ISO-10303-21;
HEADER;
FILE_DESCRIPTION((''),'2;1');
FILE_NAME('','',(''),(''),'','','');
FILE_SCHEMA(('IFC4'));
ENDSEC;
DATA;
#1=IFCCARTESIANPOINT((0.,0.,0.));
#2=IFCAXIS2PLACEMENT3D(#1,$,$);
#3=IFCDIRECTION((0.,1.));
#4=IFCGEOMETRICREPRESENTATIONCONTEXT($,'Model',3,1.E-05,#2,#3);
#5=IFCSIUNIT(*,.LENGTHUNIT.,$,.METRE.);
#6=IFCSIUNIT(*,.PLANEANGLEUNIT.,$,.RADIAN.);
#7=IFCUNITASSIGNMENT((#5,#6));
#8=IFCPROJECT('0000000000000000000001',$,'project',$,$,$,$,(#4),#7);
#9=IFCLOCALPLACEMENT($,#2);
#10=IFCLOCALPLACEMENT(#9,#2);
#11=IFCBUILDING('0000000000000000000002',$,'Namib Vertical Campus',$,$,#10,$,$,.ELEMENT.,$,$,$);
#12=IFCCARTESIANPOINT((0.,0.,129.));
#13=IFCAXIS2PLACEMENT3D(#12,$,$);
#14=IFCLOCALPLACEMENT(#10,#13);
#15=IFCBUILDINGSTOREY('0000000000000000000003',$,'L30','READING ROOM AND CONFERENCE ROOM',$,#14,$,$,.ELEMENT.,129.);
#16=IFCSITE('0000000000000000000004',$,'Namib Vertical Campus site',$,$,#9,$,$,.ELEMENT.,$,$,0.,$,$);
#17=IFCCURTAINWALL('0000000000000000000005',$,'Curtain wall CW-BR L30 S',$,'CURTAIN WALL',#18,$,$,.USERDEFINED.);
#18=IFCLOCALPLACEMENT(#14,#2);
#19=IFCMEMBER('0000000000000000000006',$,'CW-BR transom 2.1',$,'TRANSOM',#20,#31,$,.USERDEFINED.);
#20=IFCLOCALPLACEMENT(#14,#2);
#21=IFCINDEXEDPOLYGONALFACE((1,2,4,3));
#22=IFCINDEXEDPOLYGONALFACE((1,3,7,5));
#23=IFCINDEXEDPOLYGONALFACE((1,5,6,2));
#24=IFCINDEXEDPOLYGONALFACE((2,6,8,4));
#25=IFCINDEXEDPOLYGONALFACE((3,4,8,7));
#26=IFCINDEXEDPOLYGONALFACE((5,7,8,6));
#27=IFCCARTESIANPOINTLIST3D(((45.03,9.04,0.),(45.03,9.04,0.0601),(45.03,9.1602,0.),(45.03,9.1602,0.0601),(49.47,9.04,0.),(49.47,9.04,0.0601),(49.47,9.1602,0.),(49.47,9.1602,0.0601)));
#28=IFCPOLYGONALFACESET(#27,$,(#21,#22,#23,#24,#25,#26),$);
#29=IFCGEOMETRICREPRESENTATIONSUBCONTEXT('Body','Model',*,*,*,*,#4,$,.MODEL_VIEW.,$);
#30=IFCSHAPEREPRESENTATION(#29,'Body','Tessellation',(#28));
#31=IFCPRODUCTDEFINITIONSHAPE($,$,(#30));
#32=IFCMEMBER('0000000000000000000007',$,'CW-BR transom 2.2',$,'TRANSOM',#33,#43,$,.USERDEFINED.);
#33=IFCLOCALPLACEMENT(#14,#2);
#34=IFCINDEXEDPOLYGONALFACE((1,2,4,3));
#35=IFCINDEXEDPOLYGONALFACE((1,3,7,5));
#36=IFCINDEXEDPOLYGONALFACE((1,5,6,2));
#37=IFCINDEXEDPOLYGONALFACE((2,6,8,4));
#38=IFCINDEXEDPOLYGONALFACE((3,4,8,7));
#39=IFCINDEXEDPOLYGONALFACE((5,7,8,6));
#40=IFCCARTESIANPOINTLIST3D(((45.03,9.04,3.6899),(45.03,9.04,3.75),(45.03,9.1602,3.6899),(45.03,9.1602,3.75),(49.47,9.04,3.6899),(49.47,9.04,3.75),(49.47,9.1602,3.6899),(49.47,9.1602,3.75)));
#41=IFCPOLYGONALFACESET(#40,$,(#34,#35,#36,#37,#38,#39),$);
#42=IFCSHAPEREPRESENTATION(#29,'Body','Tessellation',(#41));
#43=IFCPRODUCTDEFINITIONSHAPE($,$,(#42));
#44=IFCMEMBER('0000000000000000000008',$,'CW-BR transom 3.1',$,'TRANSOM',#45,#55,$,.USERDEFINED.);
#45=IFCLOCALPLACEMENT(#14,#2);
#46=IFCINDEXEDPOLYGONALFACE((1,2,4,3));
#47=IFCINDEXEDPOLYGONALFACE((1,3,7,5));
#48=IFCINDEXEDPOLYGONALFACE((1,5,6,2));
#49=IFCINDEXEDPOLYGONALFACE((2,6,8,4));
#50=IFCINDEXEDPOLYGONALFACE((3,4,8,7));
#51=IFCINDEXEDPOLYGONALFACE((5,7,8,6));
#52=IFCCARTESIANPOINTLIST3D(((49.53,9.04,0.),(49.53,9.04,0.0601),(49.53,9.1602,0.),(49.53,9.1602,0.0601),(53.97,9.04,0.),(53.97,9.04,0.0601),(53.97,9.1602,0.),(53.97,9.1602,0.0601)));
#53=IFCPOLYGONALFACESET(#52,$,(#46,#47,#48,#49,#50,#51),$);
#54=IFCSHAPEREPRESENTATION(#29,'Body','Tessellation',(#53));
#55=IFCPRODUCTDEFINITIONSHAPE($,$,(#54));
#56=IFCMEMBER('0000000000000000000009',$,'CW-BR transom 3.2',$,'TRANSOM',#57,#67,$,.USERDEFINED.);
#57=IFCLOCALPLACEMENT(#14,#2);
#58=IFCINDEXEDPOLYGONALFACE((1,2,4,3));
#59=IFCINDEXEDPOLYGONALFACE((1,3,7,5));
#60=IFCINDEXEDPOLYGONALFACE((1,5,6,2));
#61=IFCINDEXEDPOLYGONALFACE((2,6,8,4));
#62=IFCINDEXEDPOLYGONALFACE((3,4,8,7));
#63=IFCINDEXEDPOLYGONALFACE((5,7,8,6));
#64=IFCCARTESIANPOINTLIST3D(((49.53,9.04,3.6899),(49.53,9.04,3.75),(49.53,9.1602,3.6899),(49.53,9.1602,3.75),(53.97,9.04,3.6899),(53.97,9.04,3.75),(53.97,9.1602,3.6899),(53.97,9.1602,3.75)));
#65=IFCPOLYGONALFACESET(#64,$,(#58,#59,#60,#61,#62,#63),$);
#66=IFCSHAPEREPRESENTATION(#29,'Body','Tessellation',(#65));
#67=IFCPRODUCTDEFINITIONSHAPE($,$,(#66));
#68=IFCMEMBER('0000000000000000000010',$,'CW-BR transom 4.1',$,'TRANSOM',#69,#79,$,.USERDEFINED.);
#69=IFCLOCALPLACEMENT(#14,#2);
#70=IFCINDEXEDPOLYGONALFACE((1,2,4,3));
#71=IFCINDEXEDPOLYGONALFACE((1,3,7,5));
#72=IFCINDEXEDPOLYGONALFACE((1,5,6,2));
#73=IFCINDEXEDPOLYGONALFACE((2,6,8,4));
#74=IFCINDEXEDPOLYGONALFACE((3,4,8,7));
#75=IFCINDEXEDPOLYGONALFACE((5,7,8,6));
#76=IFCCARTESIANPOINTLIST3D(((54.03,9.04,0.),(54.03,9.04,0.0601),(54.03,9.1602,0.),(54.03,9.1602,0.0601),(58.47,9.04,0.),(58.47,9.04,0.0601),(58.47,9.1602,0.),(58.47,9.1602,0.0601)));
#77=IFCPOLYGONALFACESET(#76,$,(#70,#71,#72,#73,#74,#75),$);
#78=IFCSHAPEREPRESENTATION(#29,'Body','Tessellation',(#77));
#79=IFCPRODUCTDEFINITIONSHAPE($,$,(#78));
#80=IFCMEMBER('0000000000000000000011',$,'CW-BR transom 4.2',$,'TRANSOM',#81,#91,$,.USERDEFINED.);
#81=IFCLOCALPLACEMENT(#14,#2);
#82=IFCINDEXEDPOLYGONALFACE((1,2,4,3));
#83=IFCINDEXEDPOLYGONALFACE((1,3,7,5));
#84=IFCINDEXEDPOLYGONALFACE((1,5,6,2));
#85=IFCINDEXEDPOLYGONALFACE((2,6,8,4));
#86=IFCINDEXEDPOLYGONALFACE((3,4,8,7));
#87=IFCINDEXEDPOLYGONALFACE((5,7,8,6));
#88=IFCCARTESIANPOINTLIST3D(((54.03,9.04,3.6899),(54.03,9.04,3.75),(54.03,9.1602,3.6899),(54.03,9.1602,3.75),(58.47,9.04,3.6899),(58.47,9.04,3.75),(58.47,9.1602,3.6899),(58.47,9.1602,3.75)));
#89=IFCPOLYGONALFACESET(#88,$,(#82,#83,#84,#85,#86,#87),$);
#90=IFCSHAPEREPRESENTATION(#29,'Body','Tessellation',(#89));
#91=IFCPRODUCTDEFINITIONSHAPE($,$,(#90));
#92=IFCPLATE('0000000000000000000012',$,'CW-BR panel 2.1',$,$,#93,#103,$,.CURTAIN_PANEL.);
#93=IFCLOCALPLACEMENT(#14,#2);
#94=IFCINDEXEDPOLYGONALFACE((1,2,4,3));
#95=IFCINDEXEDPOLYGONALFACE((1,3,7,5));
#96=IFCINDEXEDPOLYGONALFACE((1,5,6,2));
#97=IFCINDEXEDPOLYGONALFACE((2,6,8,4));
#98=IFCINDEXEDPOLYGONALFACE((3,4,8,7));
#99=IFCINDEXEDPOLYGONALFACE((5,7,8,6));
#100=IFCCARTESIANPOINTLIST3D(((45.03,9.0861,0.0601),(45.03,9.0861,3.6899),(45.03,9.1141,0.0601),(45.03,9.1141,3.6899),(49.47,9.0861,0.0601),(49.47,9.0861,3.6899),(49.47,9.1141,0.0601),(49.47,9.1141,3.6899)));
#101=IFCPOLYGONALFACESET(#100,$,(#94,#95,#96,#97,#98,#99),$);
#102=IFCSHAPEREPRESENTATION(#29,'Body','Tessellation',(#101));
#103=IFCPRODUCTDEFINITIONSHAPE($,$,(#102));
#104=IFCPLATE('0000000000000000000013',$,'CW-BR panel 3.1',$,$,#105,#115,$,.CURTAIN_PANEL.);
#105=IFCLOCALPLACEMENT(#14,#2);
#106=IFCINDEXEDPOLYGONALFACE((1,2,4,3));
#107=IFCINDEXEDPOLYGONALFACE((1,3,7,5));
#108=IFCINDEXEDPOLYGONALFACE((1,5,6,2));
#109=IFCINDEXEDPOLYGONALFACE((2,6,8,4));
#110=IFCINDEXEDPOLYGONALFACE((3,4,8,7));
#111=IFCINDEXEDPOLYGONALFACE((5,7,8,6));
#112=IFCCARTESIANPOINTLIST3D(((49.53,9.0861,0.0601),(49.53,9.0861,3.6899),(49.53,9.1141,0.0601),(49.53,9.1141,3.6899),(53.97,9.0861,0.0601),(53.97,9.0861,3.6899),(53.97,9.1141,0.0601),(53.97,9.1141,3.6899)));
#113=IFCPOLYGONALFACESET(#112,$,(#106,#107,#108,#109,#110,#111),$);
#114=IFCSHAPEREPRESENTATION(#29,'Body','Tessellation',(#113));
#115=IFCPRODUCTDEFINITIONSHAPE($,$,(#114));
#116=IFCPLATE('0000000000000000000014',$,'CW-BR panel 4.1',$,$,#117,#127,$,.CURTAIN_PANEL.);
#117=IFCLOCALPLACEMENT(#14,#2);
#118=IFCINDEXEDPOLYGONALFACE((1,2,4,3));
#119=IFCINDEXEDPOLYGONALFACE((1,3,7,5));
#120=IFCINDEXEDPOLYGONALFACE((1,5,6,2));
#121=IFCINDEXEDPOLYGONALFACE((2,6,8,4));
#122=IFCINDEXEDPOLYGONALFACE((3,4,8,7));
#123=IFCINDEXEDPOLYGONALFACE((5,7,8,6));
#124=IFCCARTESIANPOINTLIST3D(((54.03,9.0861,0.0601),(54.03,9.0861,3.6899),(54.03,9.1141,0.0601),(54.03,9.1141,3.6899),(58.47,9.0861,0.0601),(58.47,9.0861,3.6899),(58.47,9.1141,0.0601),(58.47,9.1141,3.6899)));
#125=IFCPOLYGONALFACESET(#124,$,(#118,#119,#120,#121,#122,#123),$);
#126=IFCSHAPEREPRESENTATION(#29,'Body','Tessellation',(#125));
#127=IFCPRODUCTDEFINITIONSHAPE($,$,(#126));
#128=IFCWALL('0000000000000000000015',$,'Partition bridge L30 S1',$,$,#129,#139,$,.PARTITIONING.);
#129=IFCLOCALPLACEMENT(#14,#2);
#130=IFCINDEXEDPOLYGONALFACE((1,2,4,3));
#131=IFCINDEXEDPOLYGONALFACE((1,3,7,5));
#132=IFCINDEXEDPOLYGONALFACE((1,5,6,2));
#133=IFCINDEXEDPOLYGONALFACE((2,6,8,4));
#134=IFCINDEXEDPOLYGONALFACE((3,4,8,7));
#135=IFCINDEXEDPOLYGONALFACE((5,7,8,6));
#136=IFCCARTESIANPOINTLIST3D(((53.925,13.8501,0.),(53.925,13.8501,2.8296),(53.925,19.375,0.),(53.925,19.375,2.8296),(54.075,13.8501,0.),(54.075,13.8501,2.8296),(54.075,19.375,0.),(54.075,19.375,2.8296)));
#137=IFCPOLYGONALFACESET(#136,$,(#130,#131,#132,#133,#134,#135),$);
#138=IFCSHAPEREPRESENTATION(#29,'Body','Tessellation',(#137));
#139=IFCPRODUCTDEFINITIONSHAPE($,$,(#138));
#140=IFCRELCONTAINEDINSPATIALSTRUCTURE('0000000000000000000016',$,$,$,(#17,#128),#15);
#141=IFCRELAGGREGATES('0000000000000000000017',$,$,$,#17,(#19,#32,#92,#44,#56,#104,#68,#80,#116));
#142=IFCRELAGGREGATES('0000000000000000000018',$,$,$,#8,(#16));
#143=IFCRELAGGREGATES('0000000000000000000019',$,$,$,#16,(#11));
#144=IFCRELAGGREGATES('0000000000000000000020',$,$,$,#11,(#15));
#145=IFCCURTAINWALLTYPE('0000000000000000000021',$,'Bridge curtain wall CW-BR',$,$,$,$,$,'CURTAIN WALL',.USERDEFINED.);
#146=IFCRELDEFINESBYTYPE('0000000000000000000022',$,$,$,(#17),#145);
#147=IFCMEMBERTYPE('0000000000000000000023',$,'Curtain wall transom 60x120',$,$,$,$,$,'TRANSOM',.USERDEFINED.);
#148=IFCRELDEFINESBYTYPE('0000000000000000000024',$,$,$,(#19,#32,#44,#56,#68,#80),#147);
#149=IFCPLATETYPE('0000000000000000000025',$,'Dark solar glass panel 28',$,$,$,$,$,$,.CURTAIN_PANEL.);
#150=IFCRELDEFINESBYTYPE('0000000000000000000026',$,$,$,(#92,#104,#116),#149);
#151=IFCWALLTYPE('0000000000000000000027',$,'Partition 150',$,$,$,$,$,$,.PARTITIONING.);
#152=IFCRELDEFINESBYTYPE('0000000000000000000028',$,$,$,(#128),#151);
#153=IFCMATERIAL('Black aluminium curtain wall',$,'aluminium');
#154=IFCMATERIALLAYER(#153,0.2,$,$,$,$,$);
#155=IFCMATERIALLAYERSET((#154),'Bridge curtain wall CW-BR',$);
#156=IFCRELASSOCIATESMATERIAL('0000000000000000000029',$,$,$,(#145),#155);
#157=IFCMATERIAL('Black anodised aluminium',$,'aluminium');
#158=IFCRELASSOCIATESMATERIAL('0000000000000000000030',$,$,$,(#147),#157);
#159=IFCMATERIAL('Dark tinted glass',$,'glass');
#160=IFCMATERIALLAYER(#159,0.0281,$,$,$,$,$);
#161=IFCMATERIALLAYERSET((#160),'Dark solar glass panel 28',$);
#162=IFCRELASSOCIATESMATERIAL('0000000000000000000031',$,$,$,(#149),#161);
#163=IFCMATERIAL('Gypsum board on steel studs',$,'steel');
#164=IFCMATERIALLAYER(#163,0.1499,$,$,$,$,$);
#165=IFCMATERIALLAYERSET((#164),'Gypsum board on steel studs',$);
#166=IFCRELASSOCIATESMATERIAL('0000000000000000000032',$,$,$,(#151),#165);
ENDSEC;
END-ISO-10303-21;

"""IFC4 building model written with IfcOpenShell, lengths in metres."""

from ifc_helpers import new_model, si_unit, direction, frame, frame_2d, origin, origin_2d, place, context, subcontext, project, spatial, rectangle, extrude, material, layer, layer_set, material_profile, profile_set, type_object, element, aggregate, save


model = new_model("IFC4")

# Units and contexts
model_context = context("Model", 3, precision=1e-05, world=origin(), true_north=direction((0.0, 1.0)))
body_context = subcontext(model_context, "Body", "Model", "MODEL_VIEW")
ifc_project = project(units=[si_unit("LENGTHUNIT", "METRE"), si_unit("PLANEANGLEUNIT", "RADIAN")], contexts=[model_context])

# Site, building, storey
site_placement = place(None, origin())
site = spatial("IfcSite", under=ifc_project, at=site_placement, Name="Namib Vertical Campus site", CompositionType="ELEMENT", RefElevation=0.0)
building_placement = place(site_placement, origin())
building = spatial("IfcBuilding", under=site, at=building_placement, Name="Namib Vertical Campus", CompositionType="ELEMENT")
storey_placement = place(building_placement, frame((0.0, 0.0, 129.0)))
storey = spatial("IfcBuildingStorey", under=building, at=storey_placement, Name="L30", Description="READING ROOM AND CONFERENCE ROOM", CompositionType="ELEMENT", Elevation=129.0)

# Curtain wall, members, plates
ifc_material_1 = material(Name="Black aluminium curtain wall", Category="aluminium")
ifc_layer_1 = layer(ifc_material_1, 0.2)
ifc_layer_set_1 = layer_set([ifc_layer_1], Name="Bridge curtain wall CW-BR")
curtain_wall_type = type_object("IfcCurtainWallType", Name="Bridge curtain wall CW-BR", ElementType="CURTAIN WALL", PredefinedType="USERDEFINED", material=ifc_layer_set_1)
curtain_wall_placement = place(storey_placement, origin())
curtain_wall = element("IfcCurtainWall", 1, at=curtain_wall_placement, inside=storey, type_object=curtain_wall_type, Name="Curtain wall CW-BR L30 S", ObjectType="CURTAIN WALL", PredefinedType="USERDEFINED")
ifc_material_2 = material(Name="Black anodised aluminium", Category="aluminium")
ifc_material_profile_1 = material_profile(ifc_material_2, rectangle(XDim=0.0601, YDim=0.1201, at=origin_2d()))
ifc_profile_set_1 = profile_set([ifc_material_profile_1], Name="Black anodised aluminium")
member_type_1 = type_object("IfcMemberType", Name="Curtain wall transom 60x120", ElementType="TRANSOM", PredefinedType="USERDEFINED", material=ifc_profile_set_1)
member_1_placement = place(storey_placement, frame((45.03, 9.1001, 0.03), z_axis=(1.0, 0.0, 0.0), x_axis=(0.0, 0.0, 1.0)))
member_1 = element("IfcMember", 2, at=member_1_placement, type_object=member_type_1, Name="CW-BR transom 2.1", ObjectType="TRANSOM", PredefinedType="USERDEFINED", context=body_context, shape_type="SweptSolid", body=[
    extrude(rectangle(XDim=0.0601, YDim=0.1201, at=origin_2d()), origin(), (0.0, 0.0, 1.0), 4.4399),
])
member_2_placement = place(storey_placement, frame((45.03, 9.1001, 3.72), z_axis=(1.0, 0.0, 0.0), x_axis=(0.0, 0.0, 1.0)))
member_2 = element("IfcMember", 3, at=member_2_placement, type_object=member_type_1, Name="CW-BR transom 2.2", ObjectType="TRANSOM", PredefinedType="USERDEFINED", context=body_context, shape_type="SweptSolid", body=[
    extrude(rectangle(XDim=0.0601, YDim=0.1201, at=origin_2d()), origin(), (0.0, 0.0, 1.0), 4.4399),
])
member_3_placement = place(storey_placement, frame((49.53, 9.1001, 0.03), z_axis=(1.0, 0.0, 0.0), x_axis=(0.0, 0.0, 1.0)))
member_3 = element("IfcMember", 4, at=member_3_placement, type_object=member_type_1, Name="CW-BR transom 3.1", ObjectType="TRANSOM", PredefinedType="USERDEFINED", context=body_context, shape_type="SweptSolid", body=[
    extrude(rectangle(XDim=0.0601, YDim=0.1201, at=origin_2d()), origin(), (0.0, 0.0, 1.0), 4.4399),
])
member_4_placement = place(storey_placement, frame((49.53, 9.1001, 3.72), z_axis=(1.0, 0.0, 0.0), x_axis=(0.0, 0.0, 1.0)))
member_4 = element("IfcMember", 5, at=member_4_placement, type_object=member_type_1, Name="CW-BR transom 3.2", ObjectType="TRANSOM", PredefinedType="USERDEFINED", context=body_context, shape_type="SweptSolid", body=[
    extrude(rectangle(XDim=0.0601, YDim=0.1201, at=origin_2d()), origin(), (0.0, 0.0, 1.0), 4.4399),
])
member_5_placement = place(storey_placement, frame((54.03, 9.1001, 0.03), z_axis=(1.0, 0.0, 0.0), x_axis=(0.0, 0.0, 1.0)))
member_5 = element("IfcMember", 6, at=member_5_placement, type_object=member_type_1, Name="CW-BR transom 4.1", ObjectType="TRANSOM", PredefinedType="USERDEFINED", context=body_context, shape_type="SweptSolid", body=[
    extrude(rectangle(XDim=0.0601, YDim=0.1201, at=origin_2d()), origin(), (0.0, 0.0, 1.0), 4.4399),
])
member_6_placement = place(storey_placement, frame((54.03, 9.1001, 3.72), z_axis=(1.0, 0.0, 0.0), x_axis=(0.0, 0.0, 1.0)))
member_6 = element("IfcMember", 7, at=member_6_placement, type_object=member_type_1, Name="CW-BR transom 4.2", ObjectType="TRANSOM", PredefinedType="USERDEFINED", context=body_context, shape_type="SweptSolid", body=[
    extrude(rectangle(XDim=0.0601, YDim=0.1201, at=origin_2d()), origin(), (0.0, 0.0, 1.0), 4.4399),
])
ifc_material_3 = material(Name="Dark tinted glass", Category="glass")
ifc_layer_2 = layer(ifc_material_3, 0.0281)
ifc_layer_set_2 = layer_set([ifc_layer_2], Name="Dark solar glass panel 28")
plate_type = type_object("IfcPlateType", Name="Dark solar glass panel 28", PredefinedType="CURTAIN_PANEL", material=ifc_layer_set_2)
plate_1_placement = place(storey_placement, frame((47.25, 9.1001, 0.0601), z_axis=(0.0, 0.0, 1.0), x_axis=(1.0, 0.0, 0.0)))
plate_1 = element("IfcPlate", 8, at=plate_1_placement, type_object=plate_type, Name="CW-BR panel 2.1", PredefinedType="CURTAIN_PANEL", context=body_context, shape_type="SweptSolid", body=[
    extrude(rectangle(XDim=4.4399, YDim=0.0281, at=origin_2d()), origin(), (0.0, 0.0, 1.0), 3.6299),
])
plate_2_placement = place(storey_placement, frame((51.75, 9.1001, 0.0601), z_axis=(0.0, 0.0, 1.0), x_axis=(1.0, 0.0, 0.0)))
plate_2 = element("IfcPlate", 9, at=plate_2_placement, type_object=plate_type, Name="CW-BR panel 3.1", PredefinedType="CURTAIN_PANEL", context=body_context, shape_type="SweptSolid", body=[
    extrude(rectangle(XDim=4.4399, YDim=0.0281, at=origin_2d()), origin(), (0.0, 0.0, 1.0), 3.6299),
])
plate_3_placement = place(storey_placement, frame((56.25, 9.1001, 0.0601), z_axis=(0.0, 0.0, 1.0), x_axis=(1.0, 0.0, 0.0)))
plate_3 = element("IfcPlate", 10, at=plate_3_placement, type_object=plate_type, Name="CW-BR panel 4.1", PredefinedType="CURTAIN_PANEL", context=body_context, shape_type="SweptSolid", body=[
    extrude(rectangle(XDim=4.4399, YDim=0.0281, at=origin_2d()), origin(), (0.0, 0.0, 1.0), 3.6299),
])
aggregate(curtain_wall, [member_1, member_2, plate_1, member_3, member_4, plate_2, member_5, member_6, plate_3])

# Wall
ifc_material_4 = material(Name="Gypsum board on steel studs", Category="steel")
ifc_layer_3 = layer(ifc_material_4, 0.1499)
ifc_layer_set_3 = layer_set([ifc_layer_3], Name="Gypsum board on steel studs")
wall_type = type_object("IfcWallType", Name="Partition 150", PredefinedType="PARTITIONING", material=ifc_layer_set_3)
wall_placement = place(storey_placement, frame((54.0, 13.8501, 0.0), z_axis=(0.0, 0.0, 1.0), x_axis=(0.0, 1.0, 0.0)))
element("IfcWall", 11, at=wall_placement, inside=storey, type_object=wall_type, Name="Partition bridge L30 S1", PredefinedType="PARTITIONING", context=body_context, shape_type="SweptSolid", body=[
    extrude(rectangle(XDim=5.5249, YDim=0.1499, at=frame_2d((2.7625, 0.0))), origin(), (0.0, 0.0, 1.0), 2.8296),
])

save(model, "model.ifc")
